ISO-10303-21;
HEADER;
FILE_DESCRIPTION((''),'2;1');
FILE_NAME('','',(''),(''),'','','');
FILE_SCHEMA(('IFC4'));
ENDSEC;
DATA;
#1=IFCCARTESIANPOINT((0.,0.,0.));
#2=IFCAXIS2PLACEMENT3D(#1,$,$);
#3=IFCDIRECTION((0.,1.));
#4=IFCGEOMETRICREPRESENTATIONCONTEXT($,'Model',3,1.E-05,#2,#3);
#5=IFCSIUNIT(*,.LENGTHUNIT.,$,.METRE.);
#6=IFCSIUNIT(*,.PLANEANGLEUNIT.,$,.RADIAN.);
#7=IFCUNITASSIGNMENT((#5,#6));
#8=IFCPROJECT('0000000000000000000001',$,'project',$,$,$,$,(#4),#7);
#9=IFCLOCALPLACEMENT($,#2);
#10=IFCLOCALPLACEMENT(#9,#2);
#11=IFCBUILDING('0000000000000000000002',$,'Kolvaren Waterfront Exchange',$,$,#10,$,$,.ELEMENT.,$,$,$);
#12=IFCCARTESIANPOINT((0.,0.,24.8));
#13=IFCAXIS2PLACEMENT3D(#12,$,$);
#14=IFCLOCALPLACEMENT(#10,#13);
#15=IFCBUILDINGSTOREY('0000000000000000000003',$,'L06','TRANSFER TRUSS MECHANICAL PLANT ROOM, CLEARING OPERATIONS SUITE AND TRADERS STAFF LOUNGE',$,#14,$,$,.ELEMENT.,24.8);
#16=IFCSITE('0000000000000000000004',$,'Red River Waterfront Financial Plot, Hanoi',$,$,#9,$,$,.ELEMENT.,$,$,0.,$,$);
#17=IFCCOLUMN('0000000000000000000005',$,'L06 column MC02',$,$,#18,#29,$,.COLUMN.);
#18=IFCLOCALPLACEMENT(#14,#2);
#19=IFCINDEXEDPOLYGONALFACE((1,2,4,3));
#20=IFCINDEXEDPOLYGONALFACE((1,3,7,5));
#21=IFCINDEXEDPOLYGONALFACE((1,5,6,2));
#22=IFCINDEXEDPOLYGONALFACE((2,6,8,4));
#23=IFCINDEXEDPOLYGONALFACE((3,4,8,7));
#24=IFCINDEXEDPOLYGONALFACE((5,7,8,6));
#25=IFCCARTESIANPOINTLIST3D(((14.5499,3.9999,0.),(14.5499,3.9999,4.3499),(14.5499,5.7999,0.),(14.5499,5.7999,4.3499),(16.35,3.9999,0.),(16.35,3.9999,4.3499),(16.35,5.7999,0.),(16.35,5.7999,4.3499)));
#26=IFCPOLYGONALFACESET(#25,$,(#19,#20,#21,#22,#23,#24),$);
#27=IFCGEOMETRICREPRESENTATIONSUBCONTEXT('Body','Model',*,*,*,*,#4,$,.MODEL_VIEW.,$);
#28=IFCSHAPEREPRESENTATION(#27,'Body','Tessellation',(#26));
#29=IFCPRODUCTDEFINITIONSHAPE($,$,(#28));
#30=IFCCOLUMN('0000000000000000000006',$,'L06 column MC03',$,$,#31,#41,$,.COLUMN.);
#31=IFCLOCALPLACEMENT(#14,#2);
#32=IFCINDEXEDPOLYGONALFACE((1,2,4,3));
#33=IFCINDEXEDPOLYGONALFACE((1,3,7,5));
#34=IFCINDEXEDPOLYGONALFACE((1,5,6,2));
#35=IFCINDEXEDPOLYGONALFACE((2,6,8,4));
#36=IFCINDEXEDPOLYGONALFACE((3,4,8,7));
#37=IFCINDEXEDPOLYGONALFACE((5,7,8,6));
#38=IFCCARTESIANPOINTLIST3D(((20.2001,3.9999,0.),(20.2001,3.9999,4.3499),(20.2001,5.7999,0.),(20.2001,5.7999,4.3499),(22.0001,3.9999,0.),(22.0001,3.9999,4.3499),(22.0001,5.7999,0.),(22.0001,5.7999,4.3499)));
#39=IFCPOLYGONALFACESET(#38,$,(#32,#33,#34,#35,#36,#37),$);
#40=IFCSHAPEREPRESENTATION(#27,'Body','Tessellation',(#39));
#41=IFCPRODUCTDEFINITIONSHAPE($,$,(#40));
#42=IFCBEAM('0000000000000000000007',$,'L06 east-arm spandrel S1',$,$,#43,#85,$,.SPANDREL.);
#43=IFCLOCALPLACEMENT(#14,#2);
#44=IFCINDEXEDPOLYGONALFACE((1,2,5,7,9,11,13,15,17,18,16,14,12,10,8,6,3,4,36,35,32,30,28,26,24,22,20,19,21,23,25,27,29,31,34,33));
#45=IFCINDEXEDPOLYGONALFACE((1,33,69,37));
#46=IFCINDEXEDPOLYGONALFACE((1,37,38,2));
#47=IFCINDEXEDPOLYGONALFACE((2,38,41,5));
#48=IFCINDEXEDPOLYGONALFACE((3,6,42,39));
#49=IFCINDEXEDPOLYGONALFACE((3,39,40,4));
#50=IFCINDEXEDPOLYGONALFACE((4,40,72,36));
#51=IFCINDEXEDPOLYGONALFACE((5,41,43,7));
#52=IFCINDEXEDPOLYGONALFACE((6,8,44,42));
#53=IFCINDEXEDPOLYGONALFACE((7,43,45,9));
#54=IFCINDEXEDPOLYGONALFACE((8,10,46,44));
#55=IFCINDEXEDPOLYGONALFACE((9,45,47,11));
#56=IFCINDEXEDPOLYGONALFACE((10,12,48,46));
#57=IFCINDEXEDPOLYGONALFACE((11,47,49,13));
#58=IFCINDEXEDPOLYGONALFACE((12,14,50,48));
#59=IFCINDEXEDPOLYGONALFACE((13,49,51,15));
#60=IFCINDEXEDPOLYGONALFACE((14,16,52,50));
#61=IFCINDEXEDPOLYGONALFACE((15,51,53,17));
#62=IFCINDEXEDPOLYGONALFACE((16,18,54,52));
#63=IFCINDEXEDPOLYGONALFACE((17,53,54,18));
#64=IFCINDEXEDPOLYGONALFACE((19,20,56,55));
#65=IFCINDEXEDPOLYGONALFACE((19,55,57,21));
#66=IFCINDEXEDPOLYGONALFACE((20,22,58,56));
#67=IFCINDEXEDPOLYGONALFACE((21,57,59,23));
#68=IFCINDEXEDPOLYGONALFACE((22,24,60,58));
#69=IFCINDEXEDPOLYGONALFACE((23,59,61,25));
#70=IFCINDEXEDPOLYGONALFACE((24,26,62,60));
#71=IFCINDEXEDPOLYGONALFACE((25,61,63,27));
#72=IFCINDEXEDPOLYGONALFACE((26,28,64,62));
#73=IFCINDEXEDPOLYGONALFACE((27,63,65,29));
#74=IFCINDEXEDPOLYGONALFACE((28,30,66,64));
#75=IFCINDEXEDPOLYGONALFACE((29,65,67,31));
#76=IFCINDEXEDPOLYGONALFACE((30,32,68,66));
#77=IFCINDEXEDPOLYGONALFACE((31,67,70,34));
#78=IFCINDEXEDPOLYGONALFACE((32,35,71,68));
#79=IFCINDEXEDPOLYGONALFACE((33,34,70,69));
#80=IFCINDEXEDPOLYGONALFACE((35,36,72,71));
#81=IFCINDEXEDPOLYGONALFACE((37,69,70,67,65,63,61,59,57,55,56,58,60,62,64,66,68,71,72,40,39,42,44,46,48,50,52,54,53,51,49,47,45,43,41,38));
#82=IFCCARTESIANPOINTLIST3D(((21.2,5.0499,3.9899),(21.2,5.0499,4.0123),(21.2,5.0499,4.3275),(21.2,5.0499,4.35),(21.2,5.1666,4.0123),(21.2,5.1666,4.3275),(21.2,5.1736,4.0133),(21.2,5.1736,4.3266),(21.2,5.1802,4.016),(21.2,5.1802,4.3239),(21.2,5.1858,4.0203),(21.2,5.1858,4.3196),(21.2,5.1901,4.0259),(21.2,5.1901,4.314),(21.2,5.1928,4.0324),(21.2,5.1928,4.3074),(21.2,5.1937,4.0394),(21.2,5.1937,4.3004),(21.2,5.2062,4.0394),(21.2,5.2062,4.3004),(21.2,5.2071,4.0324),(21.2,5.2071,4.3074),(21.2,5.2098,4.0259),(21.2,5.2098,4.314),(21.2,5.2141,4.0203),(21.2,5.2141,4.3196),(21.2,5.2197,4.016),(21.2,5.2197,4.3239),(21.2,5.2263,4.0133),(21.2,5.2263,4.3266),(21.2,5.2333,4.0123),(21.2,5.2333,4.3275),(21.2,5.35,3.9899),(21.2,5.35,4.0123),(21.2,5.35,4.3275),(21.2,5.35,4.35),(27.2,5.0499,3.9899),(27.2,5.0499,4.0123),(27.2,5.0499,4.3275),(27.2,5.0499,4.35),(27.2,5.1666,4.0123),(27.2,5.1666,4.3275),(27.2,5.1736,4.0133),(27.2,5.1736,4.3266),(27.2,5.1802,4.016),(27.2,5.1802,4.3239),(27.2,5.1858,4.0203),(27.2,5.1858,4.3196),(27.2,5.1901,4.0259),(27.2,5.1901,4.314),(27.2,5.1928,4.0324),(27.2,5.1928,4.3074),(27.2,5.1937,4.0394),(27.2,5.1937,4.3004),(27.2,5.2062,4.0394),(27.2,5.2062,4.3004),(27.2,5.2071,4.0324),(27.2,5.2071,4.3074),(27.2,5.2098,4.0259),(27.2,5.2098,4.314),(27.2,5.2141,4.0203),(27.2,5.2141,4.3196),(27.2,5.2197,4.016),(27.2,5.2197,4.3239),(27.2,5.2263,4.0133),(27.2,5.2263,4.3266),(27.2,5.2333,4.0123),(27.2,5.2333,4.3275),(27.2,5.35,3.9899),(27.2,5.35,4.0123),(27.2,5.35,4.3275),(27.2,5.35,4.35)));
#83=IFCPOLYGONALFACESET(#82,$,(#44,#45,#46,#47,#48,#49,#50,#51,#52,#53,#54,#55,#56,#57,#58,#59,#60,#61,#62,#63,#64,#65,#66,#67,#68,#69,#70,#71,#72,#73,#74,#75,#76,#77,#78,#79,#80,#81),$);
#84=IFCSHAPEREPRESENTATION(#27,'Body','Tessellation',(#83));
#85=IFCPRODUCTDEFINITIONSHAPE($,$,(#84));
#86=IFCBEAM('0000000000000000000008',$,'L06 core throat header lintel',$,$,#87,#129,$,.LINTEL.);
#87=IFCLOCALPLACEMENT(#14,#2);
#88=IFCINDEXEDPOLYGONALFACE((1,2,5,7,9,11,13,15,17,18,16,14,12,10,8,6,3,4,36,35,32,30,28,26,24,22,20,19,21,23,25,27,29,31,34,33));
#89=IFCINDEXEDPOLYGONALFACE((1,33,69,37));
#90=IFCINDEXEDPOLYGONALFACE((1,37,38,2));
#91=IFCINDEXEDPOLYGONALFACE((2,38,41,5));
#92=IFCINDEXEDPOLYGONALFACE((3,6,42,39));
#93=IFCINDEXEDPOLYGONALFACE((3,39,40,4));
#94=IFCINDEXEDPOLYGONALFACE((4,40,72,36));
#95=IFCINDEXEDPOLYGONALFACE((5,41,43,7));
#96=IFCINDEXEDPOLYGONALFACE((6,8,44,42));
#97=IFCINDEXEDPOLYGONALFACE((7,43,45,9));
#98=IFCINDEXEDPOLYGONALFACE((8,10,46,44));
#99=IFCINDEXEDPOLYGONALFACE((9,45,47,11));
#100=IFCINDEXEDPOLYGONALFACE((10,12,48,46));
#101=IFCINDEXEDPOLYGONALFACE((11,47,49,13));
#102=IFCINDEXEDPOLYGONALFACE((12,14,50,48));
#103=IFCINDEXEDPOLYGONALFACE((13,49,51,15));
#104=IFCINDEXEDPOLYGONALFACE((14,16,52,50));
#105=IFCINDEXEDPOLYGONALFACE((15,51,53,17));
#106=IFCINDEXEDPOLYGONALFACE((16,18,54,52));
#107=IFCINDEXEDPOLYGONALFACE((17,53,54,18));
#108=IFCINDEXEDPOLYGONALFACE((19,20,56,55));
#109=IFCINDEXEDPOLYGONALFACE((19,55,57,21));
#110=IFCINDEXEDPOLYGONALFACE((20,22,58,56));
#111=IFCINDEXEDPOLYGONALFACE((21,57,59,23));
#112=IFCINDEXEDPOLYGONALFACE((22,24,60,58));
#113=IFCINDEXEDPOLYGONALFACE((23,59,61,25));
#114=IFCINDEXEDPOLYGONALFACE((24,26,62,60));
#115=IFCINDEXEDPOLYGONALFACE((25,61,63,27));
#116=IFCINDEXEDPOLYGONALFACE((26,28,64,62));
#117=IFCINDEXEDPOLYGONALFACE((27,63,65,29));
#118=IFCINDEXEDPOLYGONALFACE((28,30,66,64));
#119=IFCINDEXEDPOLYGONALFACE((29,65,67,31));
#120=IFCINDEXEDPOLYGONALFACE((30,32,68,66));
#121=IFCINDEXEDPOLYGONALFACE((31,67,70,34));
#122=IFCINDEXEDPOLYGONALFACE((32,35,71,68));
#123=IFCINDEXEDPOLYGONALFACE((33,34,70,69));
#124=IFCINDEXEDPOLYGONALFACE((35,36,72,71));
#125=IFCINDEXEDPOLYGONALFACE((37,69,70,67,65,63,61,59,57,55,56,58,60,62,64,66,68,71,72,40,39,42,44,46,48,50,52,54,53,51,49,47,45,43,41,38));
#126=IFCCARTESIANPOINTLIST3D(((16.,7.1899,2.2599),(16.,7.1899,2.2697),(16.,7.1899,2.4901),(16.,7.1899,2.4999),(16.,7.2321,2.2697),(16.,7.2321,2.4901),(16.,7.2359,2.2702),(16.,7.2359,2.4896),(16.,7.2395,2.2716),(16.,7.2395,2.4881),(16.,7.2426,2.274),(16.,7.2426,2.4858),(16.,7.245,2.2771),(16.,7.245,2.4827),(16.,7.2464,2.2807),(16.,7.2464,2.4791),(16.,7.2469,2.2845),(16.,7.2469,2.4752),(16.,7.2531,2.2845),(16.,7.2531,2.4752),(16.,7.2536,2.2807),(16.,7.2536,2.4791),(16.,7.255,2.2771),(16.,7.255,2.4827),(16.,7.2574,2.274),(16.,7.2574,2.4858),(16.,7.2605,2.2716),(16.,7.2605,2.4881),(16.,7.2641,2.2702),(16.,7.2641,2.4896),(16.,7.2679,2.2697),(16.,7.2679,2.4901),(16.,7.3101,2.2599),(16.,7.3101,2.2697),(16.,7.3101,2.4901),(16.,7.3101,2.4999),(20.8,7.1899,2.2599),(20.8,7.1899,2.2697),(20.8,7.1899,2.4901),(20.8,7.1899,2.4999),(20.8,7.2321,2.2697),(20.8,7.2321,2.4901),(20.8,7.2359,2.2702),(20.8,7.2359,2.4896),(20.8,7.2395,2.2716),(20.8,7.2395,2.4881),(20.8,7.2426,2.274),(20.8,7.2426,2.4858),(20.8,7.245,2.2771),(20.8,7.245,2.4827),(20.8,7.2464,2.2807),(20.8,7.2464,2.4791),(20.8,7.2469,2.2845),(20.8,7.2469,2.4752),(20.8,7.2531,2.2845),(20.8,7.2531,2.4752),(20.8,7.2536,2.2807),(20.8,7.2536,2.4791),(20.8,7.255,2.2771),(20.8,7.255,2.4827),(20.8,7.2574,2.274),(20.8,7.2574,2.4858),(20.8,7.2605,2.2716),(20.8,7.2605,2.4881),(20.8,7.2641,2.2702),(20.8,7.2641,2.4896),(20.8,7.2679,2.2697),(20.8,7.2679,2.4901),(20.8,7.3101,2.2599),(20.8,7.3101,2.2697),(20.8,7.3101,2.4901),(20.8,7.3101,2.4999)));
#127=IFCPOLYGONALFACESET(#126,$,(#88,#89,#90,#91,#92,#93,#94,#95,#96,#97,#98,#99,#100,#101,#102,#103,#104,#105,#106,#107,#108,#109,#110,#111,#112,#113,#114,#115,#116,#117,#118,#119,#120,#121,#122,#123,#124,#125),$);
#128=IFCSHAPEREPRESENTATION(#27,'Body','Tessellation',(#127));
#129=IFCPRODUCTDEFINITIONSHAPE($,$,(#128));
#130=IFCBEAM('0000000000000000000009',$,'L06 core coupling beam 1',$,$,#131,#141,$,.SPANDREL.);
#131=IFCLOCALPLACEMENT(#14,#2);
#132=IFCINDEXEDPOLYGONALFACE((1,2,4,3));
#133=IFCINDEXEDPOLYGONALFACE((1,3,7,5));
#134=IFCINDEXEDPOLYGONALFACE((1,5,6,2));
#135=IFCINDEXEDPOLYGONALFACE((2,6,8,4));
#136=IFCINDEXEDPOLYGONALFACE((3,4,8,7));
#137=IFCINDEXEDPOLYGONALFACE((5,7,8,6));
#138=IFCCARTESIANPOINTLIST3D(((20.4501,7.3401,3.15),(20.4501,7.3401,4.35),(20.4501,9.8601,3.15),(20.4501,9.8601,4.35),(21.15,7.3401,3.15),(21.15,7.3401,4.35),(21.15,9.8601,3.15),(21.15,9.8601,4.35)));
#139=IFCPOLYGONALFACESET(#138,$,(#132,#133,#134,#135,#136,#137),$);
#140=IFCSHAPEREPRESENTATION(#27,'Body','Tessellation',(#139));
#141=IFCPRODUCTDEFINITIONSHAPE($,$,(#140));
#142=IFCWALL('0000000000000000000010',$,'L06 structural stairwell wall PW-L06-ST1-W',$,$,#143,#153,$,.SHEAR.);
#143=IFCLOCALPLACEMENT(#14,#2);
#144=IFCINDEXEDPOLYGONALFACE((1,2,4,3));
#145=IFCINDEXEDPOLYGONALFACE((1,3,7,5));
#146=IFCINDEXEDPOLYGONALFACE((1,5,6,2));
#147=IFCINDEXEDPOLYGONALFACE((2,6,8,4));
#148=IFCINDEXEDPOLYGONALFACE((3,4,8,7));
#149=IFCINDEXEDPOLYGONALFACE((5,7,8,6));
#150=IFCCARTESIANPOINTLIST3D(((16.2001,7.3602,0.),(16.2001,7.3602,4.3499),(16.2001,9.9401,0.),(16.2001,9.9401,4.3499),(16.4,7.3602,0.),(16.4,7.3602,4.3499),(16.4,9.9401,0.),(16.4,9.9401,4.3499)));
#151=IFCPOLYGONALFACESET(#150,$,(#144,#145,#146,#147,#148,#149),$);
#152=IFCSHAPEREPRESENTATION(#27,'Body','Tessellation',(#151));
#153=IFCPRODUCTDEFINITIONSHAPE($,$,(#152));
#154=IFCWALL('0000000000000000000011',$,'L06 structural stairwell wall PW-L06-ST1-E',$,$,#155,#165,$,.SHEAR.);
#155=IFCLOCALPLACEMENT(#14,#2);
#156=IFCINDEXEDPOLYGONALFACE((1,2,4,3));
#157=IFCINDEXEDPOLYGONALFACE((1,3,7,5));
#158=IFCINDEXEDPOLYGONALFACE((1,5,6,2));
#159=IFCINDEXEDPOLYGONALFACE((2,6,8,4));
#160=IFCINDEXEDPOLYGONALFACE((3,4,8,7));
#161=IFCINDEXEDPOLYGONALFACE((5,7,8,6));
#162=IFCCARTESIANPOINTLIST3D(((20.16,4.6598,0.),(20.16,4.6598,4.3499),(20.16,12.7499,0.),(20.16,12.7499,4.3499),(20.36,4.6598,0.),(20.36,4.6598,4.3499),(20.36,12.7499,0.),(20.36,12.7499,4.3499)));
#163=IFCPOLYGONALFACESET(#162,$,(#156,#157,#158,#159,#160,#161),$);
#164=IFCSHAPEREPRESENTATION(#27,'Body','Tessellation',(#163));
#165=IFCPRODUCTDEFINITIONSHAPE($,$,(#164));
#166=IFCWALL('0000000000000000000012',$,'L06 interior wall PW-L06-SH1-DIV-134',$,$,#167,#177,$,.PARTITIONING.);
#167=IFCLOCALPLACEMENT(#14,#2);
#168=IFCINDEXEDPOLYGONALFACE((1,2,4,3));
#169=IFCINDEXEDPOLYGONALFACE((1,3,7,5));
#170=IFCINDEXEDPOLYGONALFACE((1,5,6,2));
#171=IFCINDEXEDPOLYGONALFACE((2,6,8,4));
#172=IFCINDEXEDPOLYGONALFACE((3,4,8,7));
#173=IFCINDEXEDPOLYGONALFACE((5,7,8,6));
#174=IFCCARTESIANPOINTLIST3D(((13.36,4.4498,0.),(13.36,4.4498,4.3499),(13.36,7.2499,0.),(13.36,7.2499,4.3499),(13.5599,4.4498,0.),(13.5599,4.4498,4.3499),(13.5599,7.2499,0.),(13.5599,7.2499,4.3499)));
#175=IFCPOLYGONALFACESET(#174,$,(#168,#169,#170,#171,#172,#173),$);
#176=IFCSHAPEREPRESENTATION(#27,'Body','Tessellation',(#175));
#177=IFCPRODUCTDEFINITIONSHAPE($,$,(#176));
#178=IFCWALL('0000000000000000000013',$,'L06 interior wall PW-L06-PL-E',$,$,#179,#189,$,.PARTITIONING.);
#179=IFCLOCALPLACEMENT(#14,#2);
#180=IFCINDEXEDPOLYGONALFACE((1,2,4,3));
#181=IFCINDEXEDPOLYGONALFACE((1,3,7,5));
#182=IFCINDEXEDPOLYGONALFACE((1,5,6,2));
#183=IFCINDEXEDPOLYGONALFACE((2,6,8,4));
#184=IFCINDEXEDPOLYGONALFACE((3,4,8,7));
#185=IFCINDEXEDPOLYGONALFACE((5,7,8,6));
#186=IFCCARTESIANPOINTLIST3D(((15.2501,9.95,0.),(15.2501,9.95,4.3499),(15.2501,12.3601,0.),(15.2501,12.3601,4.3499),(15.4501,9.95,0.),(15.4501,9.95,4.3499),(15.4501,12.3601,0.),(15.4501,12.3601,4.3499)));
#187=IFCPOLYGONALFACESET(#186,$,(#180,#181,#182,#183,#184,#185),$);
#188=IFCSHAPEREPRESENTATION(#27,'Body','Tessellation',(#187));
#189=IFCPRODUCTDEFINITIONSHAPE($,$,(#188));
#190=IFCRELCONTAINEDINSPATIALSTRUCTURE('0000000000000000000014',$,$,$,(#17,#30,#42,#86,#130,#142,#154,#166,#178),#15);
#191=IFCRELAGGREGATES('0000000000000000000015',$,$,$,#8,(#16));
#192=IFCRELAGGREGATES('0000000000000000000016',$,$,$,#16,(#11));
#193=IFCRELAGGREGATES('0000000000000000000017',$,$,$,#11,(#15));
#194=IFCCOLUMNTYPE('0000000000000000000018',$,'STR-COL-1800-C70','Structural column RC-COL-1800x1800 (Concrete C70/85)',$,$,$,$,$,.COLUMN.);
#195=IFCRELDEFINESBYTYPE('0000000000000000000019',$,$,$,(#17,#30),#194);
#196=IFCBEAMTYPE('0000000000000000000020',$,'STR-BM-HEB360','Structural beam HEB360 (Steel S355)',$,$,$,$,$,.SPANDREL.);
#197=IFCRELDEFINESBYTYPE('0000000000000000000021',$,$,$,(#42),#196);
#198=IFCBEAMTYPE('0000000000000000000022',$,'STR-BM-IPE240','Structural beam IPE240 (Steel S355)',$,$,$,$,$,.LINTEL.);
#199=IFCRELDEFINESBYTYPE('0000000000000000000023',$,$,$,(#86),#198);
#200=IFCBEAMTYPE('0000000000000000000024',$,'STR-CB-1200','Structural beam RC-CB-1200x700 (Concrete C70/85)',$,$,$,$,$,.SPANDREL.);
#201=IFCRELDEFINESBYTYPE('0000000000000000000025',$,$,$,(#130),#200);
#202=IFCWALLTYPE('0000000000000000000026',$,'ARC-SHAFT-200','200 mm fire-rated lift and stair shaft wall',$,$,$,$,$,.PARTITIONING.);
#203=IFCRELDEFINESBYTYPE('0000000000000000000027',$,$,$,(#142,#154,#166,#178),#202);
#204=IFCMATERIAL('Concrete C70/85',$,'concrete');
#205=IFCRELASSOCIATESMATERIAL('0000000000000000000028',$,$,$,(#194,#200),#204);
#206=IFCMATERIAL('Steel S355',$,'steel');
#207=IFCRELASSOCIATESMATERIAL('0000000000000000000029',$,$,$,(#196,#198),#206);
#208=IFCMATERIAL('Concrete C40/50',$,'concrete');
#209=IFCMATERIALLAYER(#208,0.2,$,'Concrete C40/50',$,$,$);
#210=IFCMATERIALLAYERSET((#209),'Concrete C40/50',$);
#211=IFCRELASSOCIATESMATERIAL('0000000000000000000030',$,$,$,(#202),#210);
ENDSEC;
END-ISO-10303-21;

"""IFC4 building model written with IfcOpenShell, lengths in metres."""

from ifc_helpers import new_model, si_unit, direction, frame, frame_2d, origin, origin_2d, place, context, subcontext, project, spatial, rectangle, i_section, extrude, material, layer, layer_set, material_profile, profile_set, type_object, element, save


model = new_model("IFC4")

# Units and contexts
model_context = context("Model", 3, precision=1e-05, world=origin(), true_north=direction((0.0, 1.0)))
body_context = subcontext(model_context, "Body", "Model", "MODEL_VIEW")
ifc_project = project(units=[si_unit("LENGTHUNIT", "METRE"), si_unit("PLANEANGLEUNIT", "RADIAN")], contexts=[model_context])

# Site, building, storey
site_placement = place(None, origin())
site = spatial("IfcSite", under=ifc_project, at=site_placement, Name="Red River Waterfront Financial Plot, Hanoi", CompositionType="ELEMENT", RefElevation=0.0)
building_placement = place(site_placement, origin())
building = spatial("IfcBuilding", under=site, at=building_placement, Name="Kolvaren Waterfront Exchange", CompositionType="ELEMENT")
storey_placement = place(building_placement, frame((0.0, 0.0, 24.8)))
storey = spatial("IfcBuildingStorey", under=building, at=storey_placement, Name="L06", Description="TRANSFER TRUSS MECHANICAL PLANT ROOM, CLEARING OPERATIONS SUITE AND TRADERS STAFF LOUNGE", CompositionType="ELEMENT", Elevation=24.8)

# Columns
ifc_material_1 = material(Name="Concrete C70/85", Category="concrete")
ifc_material_profile_1 = material_profile(ifc_material_1, rectangle(XDim=1.8, YDim=1.8, at=origin_2d()), Name="RC-COL-1800x1800")
ifc_profile_set_1 = profile_set([ifc_material_profile_1], Name="Concrete C70/85")
column_type = type_object("IfcColumnType", Name="STR-COL-1800-C70", Description="Structural column RC-COL-1800x1800 (Concrete C70/85)", PredefinedType="COLUMN", material=ifc_profile_set_1)
for number, where, z_axis, x_axis, name in (
    (1, (15.45, 4.8999, 0.0), (0.0, 0.0, 1.0), (1.0, 0.0, 0.0), "L06 column MC02"),
    (2, (21.1001, 4.8999, 0.0), (0.0, 0.0, 1.0), (1.0, 0.0, 0.0), "L06 column MC03"),
):
    element("IfcColumn", number, at=place(storey_placement, frame(where, z_axis=z_axis, x_axis=x_axis)), inside=storey, type_object=column_type, Name=name, PredefinedType="COLUMN", context=body_context, shape_type="SweptSolid", body=[
        extrude(rectangle(XDim=1.8, YDim=1.8, at=origin_2d()), origin(), (0.0, 0.0, 1.0), 4.3499),
    ])

# Beams
ifc_material_2 = material(Name="Steel S355", Category="steel")
ifc_material_profile_2 = material_profile(ifc_material_2, i_section(OverallWidth=0.3, OverallDepth=0.3601, WebThickness=0.0125, FlangeThickness=0.0225, FilletRadius=0.0271, at=origin_2d()), Name="HEB360")
ifc_profile_set_2 = profile_set([ifc_material_profile_2], Name="Steel S355")
beam_type_1 = type_object("IfcBeamType", Name="STR-BM-HEB360", Description="Structural beam HEB360 (Steel S355)", PredefinedType="SPANDREL", material=ifc_profile_set_2)
beam_1_placement = place(storey_placement, frame((21.2, 5.2, 4.1699), z_axis=(1.0, 0.0, 0.0), x_axis=(0.0, 1.0, 0.0)))
element("IfcBeam", 3, at=beam_1_placement, inside=storey, type_object=beam_type_1, Name="L06 east-arm spandrel S1", PredefinedType="SPANDREL", context=body_context, shape_type="SweptSolid", body=[
    extrude(i_section(OverallWidth=0.3, OverallDepth=0.3601, WebThickness=0.0125, FlangeThickness=0.0225, FilletRadius=0.0271, at=origin_2d()), origin(), (0.0, 0.0, 1.0), 6.0),
])
ifc_material_profile_3 = material_profile(ifc_material_2, i_section(OverallWidth=0.1201, OverallDepth=0.24, WebThickness=0.0061, FlangeThickness=0.0098, FilletRadius=0.0149, at=origin_2d()), Name="IPE240")
ifc_profile_set_3 = profile_set([ifc_material_profile_3], Name="Steel S355")
beam_type_2 = type_object("IfcBeamType", Name="STR-BM-IPE240", Description="Structural beam IPE240 (Steel S355)", PredefinedType="LINTEL", material=ifc_profile_set_3)
beam_2_placement = place(storey_placement, frame((16.0, 7.25, 2.3799), z_axis=(1.0, 0.0, 0.0), x_axis=(0.0, 1.0, 0.0)))
element("IfcBeam", 4, at=beam_2_placement, inside=storey, type_object=beam_type_2, Name="L06 core throat header lintel", PredefinedType="LINTEL", context=body_context, shape_type="SweptSolid", body=[
    extrude(i_section(OverallWidth=0.1201, OverallDepth=0.24, WebThickness=0.0061, FlangeThickness=0.0098, FilletRadius=0.0149, at=origin_2d()), origin(), (0.0, 0.0, 1.0), 4.8),
])
ifc_material_profile_4 = material_profile(ifc_material_1, rectangle(XDim=0.7, YDim=1.2, at=origin_2d()), Name="RC-CB-1200x700")
ifc_profile_set_4 = profile_set([ifc_material_profile_4], Name="Concrete C70/85")
beam_type_3 = type_object("IfcBeamType", Name="STR-CB-1200", Description="Structural beam RC-CB-1200x700 (Concrete C70/85)", PredefinedType="SPANDREL", material=ifc_profile_set_4)
beam_3_placement = place(storey_placement, frame((20.8, 7.3401, 3.75), z_axis=(0.0, 1.0, 0.0), x_axis=(-1.0, 0.0, 0.0)))
element("IfcBeam", 5, at=beam_3_placement, inside=storey, type_object=beam_type_3, Name="L06 core coupling beam 1", PredefinedType="SPANDREL", context=body_context, shape_type="SweptSolid", body=[
    extrude(rectangle(XDim=0.7, YDim=1.2, at=origin_2d()), origin(), (0.0, 0.0, 1.0), 2.52),
])

# Walls
ifc_material_3 = material(Name="Concrete C40/50", Category="concrete")
ifc_layer_1 = layer(ifc_material_3, 0.2, Name="Concrete C40/50")
ifc_layer_set_1 = layer_set([ifc_layer_1], Name="Concrete C40/50")
wall_type_1 = type_object("IfcWallType", Name="ARC-SHAFT-200", Description="200 mm fire-rated lift and stair shaft wall", PredefinedType="PARTITIONING", material=ifc_layer_set_1)
wall_1_placement = place(storey_placement, frame((16.3, 7.3601, 0.0), z_axis=(0.0, 0.0, 1.0), x_axis=(0.0, 1.0, 0.0)))
element("IfcWall", 6, at=wall_1_placement, inside=storey, type_object=wall_type_1, Name="L06 structural stairwell wall PW-L06-ST1-W", PredefinedType="SHEAR", context=body_context, shape_type="SweptSolid", body=[
    extrude(rectangle(XDim=2.5798, YDim=0.2, at=frame_2d((1.29, 0.0))), origin(), (0.0, 0.0, 1.0), 4.3499),
])
wall_2_placement = place(storey_placement, frame((20.26, 4.6599, 0.0), z_axis=(0.0, 0.0, 1.0), x_axis=(0.0, 1.0, 0.0)))
element("IfcWall", 7, at=wall_2_placement, inside=storey, type_object=wall_type_1, Name="L06 structural stairwell wall PW-L06-ST1-E", PredefinedType="SHEAR", context=body_context, shape_type="SweptSolid", body=[
    extrude(rectangle(XDim=8.0901, YDim=0.2, at=frame_2d((4.0449, 0.0))), origin(), (0.0, 0.0, 1.0), 4.3499),
])
wall_3_placement = place(storey_placement, frame((13.46, 4.45, 0.0), z_axis=(0.0, 0.0, 1.0), x_axis=(0.0, 1.0, 0.0)))
element("IfcWall", 8, at=wall_3_placement, inside=storey, type_object=wall_type_1, Name="L06 interior wall PW-L06-SH1-DIV-134", PredefinedType="PARTITIONING", context=body_context, shape_type="SweptSolid", body=[
    extrude(rectangle(XDim=2.8, YDim=0.2, at=frame_2d((1.3999, 0.0))), origin(), (0.0, 0.0, 1.0), 4.3499),
])
wall_4_placement = place(storey_placement, frame((15.3501, 9.95, 0.0), z_axis=(0.0, 0.0, 1.0), x_axis=(0.0, 1.0, 0.0)))
element("IfcWall", 9, at=wall_4_placement, inside=storey, type_object=wall_type_1, Name="L06 interior wall PW-L06-PL-E", PredefinedType="PARTITIONING", context=body_context, shape_type="SweptSolid", body=[
    extrude(rectangle(XDim=2.4102, YDim=0.2, at=frame_2d((1.2051, 0.0))), origin(), (0.0, 0.0, 1.0), 4.3499),
])

save(model, "model.ifc")
